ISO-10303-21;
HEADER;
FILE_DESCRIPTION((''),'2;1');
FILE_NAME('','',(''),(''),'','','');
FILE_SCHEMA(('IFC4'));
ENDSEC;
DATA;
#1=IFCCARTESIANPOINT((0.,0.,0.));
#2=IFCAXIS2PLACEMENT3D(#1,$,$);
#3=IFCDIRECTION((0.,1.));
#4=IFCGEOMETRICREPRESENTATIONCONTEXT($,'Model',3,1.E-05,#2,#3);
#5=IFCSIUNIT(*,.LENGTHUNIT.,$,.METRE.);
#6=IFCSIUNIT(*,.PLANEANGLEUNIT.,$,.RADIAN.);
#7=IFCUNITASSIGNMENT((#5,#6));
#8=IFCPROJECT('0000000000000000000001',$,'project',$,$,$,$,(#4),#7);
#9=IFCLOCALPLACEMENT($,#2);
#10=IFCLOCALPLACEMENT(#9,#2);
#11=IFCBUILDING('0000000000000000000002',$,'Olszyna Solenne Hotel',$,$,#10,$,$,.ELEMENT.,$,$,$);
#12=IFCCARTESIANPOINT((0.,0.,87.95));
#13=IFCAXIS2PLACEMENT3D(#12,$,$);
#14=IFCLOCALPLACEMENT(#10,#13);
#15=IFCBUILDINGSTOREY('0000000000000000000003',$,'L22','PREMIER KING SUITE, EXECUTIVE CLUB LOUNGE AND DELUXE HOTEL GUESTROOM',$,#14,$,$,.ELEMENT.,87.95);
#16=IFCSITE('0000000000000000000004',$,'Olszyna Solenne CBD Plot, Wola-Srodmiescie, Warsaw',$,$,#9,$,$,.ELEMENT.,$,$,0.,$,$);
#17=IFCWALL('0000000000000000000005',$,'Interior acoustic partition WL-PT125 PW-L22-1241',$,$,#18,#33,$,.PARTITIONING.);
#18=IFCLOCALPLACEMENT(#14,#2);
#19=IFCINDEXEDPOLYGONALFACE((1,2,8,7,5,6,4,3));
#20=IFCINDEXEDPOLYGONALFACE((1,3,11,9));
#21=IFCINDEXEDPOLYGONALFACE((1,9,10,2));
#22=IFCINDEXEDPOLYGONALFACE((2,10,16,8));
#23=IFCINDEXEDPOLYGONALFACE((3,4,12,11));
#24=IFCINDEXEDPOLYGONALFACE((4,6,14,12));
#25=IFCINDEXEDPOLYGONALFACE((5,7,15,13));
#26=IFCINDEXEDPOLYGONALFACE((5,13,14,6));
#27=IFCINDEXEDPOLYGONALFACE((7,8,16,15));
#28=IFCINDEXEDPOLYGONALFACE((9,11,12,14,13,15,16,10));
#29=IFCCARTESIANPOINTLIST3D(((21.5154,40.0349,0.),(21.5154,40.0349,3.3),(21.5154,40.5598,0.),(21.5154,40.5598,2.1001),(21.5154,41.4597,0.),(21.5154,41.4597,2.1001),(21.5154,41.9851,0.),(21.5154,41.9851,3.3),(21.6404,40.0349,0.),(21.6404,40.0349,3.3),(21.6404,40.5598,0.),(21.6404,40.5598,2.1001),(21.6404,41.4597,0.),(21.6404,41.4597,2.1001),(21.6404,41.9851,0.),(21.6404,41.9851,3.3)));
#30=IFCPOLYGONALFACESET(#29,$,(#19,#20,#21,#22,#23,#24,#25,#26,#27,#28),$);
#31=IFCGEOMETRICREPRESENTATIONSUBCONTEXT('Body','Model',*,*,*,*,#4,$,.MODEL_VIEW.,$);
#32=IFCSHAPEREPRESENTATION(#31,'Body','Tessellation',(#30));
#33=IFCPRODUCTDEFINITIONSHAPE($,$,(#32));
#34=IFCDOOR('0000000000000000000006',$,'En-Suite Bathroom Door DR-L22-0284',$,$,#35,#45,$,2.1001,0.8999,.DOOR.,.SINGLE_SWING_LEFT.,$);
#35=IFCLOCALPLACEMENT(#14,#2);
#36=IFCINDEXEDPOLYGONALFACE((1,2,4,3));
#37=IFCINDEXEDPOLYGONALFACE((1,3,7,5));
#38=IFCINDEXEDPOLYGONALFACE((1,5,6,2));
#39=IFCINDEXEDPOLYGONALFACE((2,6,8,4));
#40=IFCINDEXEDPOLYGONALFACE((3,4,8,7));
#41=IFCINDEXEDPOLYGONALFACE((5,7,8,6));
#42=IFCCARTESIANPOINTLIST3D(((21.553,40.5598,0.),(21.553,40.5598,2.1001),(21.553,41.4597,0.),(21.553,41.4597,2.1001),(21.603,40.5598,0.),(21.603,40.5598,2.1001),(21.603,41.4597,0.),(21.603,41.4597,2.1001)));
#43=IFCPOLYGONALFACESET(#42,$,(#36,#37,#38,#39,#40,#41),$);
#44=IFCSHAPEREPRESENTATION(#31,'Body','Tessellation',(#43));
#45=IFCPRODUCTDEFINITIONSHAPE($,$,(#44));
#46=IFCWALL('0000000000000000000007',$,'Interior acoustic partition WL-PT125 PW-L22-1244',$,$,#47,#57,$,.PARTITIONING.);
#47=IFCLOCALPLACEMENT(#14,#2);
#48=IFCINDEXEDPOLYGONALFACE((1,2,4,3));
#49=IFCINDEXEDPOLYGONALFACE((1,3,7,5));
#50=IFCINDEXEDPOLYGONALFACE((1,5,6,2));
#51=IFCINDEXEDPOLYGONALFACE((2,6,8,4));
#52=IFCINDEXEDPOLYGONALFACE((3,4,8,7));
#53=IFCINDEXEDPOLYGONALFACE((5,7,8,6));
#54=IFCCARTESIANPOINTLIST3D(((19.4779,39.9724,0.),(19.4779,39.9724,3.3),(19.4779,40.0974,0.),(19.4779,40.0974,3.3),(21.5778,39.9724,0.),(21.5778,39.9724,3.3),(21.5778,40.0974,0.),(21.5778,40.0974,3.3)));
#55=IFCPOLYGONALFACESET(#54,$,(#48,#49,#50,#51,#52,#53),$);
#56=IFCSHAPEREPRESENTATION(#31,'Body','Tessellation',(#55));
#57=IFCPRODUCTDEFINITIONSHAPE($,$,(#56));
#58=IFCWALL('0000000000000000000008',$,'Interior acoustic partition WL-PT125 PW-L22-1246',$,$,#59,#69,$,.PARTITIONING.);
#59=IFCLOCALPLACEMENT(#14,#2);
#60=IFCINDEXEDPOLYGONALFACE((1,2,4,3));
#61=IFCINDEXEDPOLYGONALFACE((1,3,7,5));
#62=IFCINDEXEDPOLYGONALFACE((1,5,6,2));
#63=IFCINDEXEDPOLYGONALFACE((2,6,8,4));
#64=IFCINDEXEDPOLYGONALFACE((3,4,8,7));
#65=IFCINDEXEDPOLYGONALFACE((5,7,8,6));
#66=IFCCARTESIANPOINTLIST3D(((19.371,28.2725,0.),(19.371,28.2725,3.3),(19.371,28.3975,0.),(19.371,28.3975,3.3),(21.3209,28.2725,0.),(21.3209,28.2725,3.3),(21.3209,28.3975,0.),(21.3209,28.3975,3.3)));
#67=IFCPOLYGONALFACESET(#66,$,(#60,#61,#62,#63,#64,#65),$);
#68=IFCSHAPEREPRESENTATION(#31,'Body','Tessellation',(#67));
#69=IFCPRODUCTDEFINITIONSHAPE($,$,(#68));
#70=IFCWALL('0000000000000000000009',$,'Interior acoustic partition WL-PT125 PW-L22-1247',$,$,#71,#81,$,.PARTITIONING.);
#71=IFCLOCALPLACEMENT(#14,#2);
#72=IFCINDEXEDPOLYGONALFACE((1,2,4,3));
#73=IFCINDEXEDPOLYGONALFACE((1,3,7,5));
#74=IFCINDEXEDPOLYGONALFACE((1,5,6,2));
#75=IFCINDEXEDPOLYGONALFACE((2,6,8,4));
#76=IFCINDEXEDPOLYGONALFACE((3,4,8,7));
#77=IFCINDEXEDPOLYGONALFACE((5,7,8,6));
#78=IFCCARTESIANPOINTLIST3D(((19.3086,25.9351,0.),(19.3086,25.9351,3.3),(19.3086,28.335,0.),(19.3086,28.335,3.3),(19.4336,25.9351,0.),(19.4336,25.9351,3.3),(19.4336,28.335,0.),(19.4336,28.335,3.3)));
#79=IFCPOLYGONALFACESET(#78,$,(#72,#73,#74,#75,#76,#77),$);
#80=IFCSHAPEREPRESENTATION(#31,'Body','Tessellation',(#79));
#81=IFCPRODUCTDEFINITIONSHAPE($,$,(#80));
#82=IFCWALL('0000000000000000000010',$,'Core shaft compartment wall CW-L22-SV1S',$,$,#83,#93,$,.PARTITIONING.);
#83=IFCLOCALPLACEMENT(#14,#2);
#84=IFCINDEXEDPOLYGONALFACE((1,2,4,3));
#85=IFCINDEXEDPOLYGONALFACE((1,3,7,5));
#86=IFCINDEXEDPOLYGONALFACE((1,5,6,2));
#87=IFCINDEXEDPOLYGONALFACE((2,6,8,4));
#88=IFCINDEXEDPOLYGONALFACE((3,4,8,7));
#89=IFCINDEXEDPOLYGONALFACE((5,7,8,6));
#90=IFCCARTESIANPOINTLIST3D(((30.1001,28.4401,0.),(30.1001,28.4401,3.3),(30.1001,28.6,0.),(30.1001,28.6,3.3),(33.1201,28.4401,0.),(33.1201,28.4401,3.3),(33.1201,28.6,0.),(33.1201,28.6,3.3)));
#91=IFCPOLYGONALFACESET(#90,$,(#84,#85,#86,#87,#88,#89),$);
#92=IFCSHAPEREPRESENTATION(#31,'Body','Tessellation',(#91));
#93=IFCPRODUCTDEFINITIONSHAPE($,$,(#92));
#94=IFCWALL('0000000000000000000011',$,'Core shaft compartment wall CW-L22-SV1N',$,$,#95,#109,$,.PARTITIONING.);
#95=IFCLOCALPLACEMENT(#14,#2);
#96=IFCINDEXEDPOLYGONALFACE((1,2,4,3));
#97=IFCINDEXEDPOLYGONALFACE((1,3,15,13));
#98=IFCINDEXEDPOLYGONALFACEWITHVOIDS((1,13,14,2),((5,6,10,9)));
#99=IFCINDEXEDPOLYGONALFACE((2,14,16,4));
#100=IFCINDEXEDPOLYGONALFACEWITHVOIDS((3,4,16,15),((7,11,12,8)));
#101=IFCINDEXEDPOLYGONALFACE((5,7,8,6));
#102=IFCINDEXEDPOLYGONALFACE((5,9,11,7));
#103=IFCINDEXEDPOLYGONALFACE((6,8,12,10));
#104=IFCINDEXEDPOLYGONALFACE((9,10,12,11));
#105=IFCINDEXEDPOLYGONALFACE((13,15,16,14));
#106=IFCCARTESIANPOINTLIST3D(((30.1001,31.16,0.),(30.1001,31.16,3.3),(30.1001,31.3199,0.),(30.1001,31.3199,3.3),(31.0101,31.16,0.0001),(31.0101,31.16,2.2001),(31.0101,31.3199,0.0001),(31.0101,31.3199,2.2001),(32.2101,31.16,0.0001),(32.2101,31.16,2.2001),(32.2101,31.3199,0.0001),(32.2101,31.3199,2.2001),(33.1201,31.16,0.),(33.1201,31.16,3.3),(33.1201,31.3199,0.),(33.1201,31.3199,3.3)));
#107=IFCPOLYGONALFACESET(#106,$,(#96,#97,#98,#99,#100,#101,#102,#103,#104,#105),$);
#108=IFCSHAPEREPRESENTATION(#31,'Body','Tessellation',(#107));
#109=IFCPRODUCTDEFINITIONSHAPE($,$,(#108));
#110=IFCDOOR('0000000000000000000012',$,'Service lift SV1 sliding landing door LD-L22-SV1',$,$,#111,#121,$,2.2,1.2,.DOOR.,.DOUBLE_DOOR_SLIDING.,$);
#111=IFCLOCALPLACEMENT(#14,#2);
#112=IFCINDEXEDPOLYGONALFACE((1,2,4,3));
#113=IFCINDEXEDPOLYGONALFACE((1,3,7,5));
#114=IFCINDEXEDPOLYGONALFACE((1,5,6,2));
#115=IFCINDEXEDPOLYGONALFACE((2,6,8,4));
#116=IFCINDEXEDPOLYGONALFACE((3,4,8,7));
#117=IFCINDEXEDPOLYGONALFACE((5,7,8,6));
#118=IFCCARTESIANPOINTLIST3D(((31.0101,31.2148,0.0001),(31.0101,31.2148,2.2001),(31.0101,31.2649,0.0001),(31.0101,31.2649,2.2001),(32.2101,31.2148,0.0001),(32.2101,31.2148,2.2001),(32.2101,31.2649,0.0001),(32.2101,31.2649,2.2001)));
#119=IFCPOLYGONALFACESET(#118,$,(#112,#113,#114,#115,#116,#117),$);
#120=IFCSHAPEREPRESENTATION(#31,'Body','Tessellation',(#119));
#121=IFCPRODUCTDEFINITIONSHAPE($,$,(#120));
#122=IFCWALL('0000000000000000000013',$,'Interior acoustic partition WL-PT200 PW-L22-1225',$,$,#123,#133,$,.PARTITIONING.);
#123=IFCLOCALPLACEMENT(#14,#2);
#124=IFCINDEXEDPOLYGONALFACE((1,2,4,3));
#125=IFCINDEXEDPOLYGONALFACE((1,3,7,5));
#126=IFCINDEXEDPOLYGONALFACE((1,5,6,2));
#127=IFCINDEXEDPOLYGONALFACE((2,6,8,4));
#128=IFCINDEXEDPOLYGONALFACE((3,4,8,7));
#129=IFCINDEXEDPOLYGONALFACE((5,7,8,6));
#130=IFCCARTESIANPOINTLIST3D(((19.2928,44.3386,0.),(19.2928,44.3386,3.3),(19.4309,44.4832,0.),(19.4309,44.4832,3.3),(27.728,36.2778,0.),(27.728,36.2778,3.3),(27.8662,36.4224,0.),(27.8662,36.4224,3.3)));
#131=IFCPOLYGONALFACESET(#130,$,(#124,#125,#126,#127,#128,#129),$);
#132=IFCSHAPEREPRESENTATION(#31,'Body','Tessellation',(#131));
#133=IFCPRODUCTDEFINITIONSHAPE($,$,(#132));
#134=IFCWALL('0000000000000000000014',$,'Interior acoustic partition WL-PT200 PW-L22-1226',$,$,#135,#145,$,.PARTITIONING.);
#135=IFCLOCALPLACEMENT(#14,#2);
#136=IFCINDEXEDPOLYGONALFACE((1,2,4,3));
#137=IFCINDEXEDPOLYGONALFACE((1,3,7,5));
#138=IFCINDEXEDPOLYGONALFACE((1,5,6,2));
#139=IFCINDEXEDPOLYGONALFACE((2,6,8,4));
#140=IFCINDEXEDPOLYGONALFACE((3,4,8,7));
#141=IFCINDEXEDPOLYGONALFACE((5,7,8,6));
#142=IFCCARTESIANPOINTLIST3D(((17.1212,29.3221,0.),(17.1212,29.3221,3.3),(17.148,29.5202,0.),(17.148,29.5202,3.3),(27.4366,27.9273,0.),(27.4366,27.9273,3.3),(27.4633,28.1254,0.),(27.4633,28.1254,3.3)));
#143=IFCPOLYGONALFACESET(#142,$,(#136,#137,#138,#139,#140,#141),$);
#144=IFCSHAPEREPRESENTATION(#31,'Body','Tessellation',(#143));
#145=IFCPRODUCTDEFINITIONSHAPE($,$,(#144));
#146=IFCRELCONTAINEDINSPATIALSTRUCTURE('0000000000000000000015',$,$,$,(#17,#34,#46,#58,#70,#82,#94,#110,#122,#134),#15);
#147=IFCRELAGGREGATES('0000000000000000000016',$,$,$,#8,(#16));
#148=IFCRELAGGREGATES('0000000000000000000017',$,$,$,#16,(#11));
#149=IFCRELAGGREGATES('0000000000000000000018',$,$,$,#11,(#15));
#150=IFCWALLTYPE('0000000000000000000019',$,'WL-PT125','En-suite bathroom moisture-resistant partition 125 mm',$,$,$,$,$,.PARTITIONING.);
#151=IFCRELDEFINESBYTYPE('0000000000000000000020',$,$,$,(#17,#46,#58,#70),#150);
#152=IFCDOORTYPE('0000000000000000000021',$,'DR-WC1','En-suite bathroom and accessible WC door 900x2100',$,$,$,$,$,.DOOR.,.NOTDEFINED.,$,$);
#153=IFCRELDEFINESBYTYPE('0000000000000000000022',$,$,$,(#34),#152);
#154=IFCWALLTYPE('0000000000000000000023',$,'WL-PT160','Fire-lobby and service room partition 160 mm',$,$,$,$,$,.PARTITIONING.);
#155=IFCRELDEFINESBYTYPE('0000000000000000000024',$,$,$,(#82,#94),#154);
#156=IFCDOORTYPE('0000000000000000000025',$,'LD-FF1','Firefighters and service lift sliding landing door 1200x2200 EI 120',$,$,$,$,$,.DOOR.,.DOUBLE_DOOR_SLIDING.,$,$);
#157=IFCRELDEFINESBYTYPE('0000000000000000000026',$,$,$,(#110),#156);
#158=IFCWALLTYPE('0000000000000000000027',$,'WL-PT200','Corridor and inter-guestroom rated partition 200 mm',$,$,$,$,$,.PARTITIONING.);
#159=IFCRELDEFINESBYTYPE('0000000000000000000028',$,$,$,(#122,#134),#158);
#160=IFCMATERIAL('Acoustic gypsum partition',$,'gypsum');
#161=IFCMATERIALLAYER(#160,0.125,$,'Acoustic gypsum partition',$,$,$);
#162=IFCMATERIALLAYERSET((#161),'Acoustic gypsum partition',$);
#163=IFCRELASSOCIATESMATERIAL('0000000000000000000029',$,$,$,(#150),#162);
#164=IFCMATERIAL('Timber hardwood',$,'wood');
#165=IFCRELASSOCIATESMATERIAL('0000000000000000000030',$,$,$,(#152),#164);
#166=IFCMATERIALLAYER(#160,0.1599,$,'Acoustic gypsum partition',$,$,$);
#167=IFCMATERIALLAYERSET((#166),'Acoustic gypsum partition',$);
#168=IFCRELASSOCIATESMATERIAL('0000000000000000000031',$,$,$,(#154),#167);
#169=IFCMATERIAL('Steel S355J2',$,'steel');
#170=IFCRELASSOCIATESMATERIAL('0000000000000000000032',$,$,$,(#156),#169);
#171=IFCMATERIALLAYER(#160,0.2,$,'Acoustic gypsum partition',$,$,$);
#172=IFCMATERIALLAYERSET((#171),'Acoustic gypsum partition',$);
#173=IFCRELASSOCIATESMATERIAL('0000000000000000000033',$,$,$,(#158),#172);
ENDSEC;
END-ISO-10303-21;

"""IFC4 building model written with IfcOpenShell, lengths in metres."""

from ifc_helpers import new_model, si_unit, direction, frame, frame_2d, origin, place, context, subcontext, project, spatial, rectangle, extrude, source, transform, mapped, material, layer, layer_set, type_object, type_shapes, element, fill, save


model = new_model("IFC4")

# Units and contexts
model_context = context("Model", 3, precision=1e-05, world=origin(), true_north=direction((0.0, 1.0)))
body_context = subcontext(model_context, "Body", "Model", "MODEL_VIEW")
ifc_project = project(units=[si_unit("LENGTHUNIT", "METRE"), si_unit("PLANEANGLEUNIT", "RADIAN")], contexts=[model_context])

# Site, building, storey
site_placement = place(None, origin())
site = spatial("IfcSite", under=ifc_project, at=site_placement, Name="Olszyna Solenne CBD Plot, Wola-Srodmiescie, Warsaw", CompositionType="ELEMENT", RefElevation=0.0)
building_placement = place(site_placement, origin())
building = spatial("IfcBuilding", under=site, at=building_placement, Name="Olszyna Solenne Hotel", CompositionType="ELEMENT")
storey_placement = place(building_placement, frame((0.0, 0.0, 87.95)))
storey = spatial("IfcBuildingStorey", under=building, at=storey_placement, Name="L22", Description="PREMIER KING SUITE, EXECUTIVE CLUB LOUNGE AND DELUXE HOTEL GUESTROOM", CompositionType="ELEMENT", Elevation=87.95)

# Shared definitions
ifc_material_1 = material(Name="Steel S355J2", Category="steel")

# Wall, opening, door
ifc_material_2 = material(Name="Acoustic gypsum partition", Category="gypsum")
ifc_layer_1 = layer(ifc_material_2, 0.125, Name="Acoustic gypsum partition")
ifc_layer_set_1 = layer_set([ifc_layer_1], Name="Acoustic gypsum partition")
wall_type_1 = type_object("IfcWallType", Name="WL-PT125", Description="En-suite bathroom moisture-resistant partition 125 mm", PredefinedType="PARTITIONING", material=ifc_layer_set_1)
wall_1_placement = place(storey_placement, frame((21.5779, 40.0349, 0.0), z_axis=(0.0, 0.0, 1.0), x_axis=(0.0, 1.0, 0.0)))
wall_1 = element("IfcWall", 1, at=wall_1_placement, inside=storey, type_object=wall_type_1, Name="Interior acoustic partition WL-PT125 PW-L22-1241", PredefinedType="PARTITIONING", context=body_context, shape_type="SweptSolid", body=[
    extrude(rectangle(XDim=1.9502, YDim=0.125, at=frame_2d((0.9751, 0.0))), origin(), (0.0, 0.0, 1.0), 3.3),
])
opening_1_placement = place(wall_1_placement, frame((0.5249, 0.0, 0.0)))
opening_1 = element("IfcOpeningElement", 2, at=opening_1_placement, cuts=wall_1, PredefinedType="OPENING", context=body_context, shape_type="SweptSolid", body=[
    extrude(rectangle(XDim=0.8999, YDim=2.1001, at=frame_2d((0.45, 1.05))), frame((0.0, 0.0725, 0.0), z_axis=(0.0, -1.0, 0.0), x_axis=(1.0, 0.0, 0.0)), (0.0, 0.0, 1.0), 0.145),
])
ifc_material_3 = material(Name="Timber hardwood", Category="wood")
door_type_1 = type_object("IfcDoorType", Name="DR-WC1", Description="En-suite bathroom and accessible WC door 900x2100", OperationType="NOTDEFINED", PredefinedType="DOOR", material=ifc_material_3)
shared_shape_1 = source(origin(), body_context, "Body", "SweptSolid", [
    extrude(rectangle(XDim=0.8999, YDim=2.1001, at=frame_2d((0.45, 1.05))), frame((0.0, 0.0249, 0.0), z_axis=(0.0, -1.0, 0.0), x_axis=(1.0, 0.0, 0.0)), (0.0, 0.0, 1.0), 0.05),
])
type_shapes(door_type_1, [shared_shape_1])
door_1_placement = place(opening_1_placement, origin())
door_1 = element("IfcDoor", 3, at=door_1_placement, inside=storey, type_object=door_type_1, Name="En-Suite Bathroom Door DR-L22-0284", OperationType="SINGLE_SWING_LEFT", OverallHeight=2.1001, OverallWidth=0.8999, PredefinedType="DOOR", context=body_context, shape_type="MappedRepresentation", body=[
    mapped(shared_shape_1, transform((0.0, 0.0, 0.0), x_axis=(1.0, 0.0, 0.0), y_axis=(0.0, 1.0, 0.0), z_axis=(0.0, 0.0, 1.0), scale=1.0)),
])
fill(opening_1, door_1)

# Walls
wall_2_placement = place(storey_placement, frame((19.478, 40.0349, 0.0), z_axis=(0.0, 0.0, 1.0), x_axis=(1.0, 0.0, 0.0)))
element("IfcWall", 4, at=wall_2_placement, inside=storey, type_object=wall_type_1, Name="Interior acoustic partition WL-PT125 PW-L22-1244", PredefinedType="PARTITIONING", context=body_context, shape_type="SweptSolid", body=[
    extrude(rectangle(XDim=2.0999, YDim=0.125, at=frame_2d((1.0498, 0.0))), origin(), (0.0, 0.0, 1.0), 3.3),
])
wall_3_placement = place(storey_placement, frame((21.321, 28.335, 0.0), z_axis=(0.0, 0.0, 1.0), x_axis=(-1.0, 0.0, 0.0)))
element("IfcWall", 5, at=wall_3_placement, inside=storey, type_object=wall_type_1, Name="Interior acoustic partition WL-PT125 PW-L22-1246", PredefinedType="PARTITIONING", context=body_context, shape_type="SweptSolid", body=[
    extrude(rectangle(XDim=1.95, YDim=0.125, at=frame_2d((0.9751, 0.0))), origin(), (0.0, 0.0, 1.0), 3.3),
])
wall_4_placement = place(storey_placement, frame((19.3711, 28.335, 0.0), z_axis=(0.0, 0.0, 1.0), x_axis=(0.0, -1.0, 0.0)))
element("IfcWall", 6, at=wall_4_placement, inside=storey, type_object=wall_type_1, Name="Interior acoustic partition WL-PT125 PW-L22-1247", PredefinedType="PARTITIONING", context=body_context, shape_type="SweptSolid", body=[
    extrude(rectangle(XDim=2.3999, YDim=0.125, at=frame_2d((1.2, 0.0))), origin(), (0.0, 0.0, 1.0), 3.3),
])
ifc_layer_2 = layer(ifc_material_2, 0.1599, Name="Acoustic gypsum partition")
ifc_layer_set_2 = layer_set([ifc_layer_2], Name="Acoustic gypsum partition")
wall_type_2 = type_object("IfcWallType", Name="WL-PT160", Description="Fire-lobby and service room partition 160 mm", PredefinedType="PARTITIONING", material=ifc_layer_set_2)
wall_5_placement = place(storey_placement, frame((30.1001, 28.52, 0.0), z_axis=(0.0, 0.0, 1.0), x_axis=(1.0, 0.0, 0.0)))
element("IfcWall", 7, at=wall_5_placement, inside=storey, type_object=wall_type_2, Name="Core shaft compartment wall CW-L22-SV1S", PredefinedType="PARTITIONING", context=body_context, shape_type="SweptSolid", body=[
    extrude(rectangle(XDim=3.02, YDim=0.1599, at=frame_2d((1.51, 0.0))), origin(), (0.0, 0.0, 1.0), 3.3),
])

# Wall, opening, door
wall_6_placement = place(storey_placement, frame((30.1001, 31.24, 0.0), z_axis=(0.0, 0.0, 1.0), x_axis=(1.0, 0.0, 0.0)))
wall_6 = element("IfcWall", 8, at=wall_6_placement, inside=storey, type_object=wall_type_2, Name="Core shaft compartment wall CW-L22-SV1N", PredefinedType="PARTITIONING", context=body_context, shape_type="SweptSolid", body=[
    extrude(rectangle(XDim=3.02, YDim=0.1599, at=frame_2d((1.51, 0.0))), origin(), (0.0, 0.0, 1.0), 3.3),
])
opening_2_placement = place(wall_6_placement, frame((0.9099, 0.0, 0.0)))
opening_2 = element("IfcOpeningElement", 9, at=opening_2_placement, cuts=wall_6, PredefinedType="OPENING", context=body_context, shape_type="SweptSolid", body=[
    extrude(rectangle(XDim=1.2, YDim=2.2, at=frame_2d((0.6001, 1.1001))), frame((0.0, 0.0898, 0.0), z_axis=(0.0, -1.0, 0.0), x_axis=(1.0, 0.0, 0.0)), (0.0, 0.0, 1.0), 0.1799),
])
door_type_2 = type_object("IfcDoorType", Name="LD-FF1", Description="Firefighters and service lift sliding landing door 1200x2200 EI 120", OperationType="DOUBLE_DOOR_SLIDING", PredefinedType="DOOR", material=ifc_material_1)
shared_shape_2 = source(origin(), body_context, "Body", "SweptSolid", [
    extrude(rectangle(XDim=1.2, YDim=2.2, at=frame_2d((0.6001, 1.1001))), frame((0.0, 0.0249, 0.0), z_axis=(0.0, -1.0, 0.0), x_axis=(1.0, 0.0, 0.0)), (0.0, 0.0, 1.0), 0.05),
])
type_shapes(door_type_2, [shared_shape_2])
door_2_placement = place(opening_2_placement, origin())
door_2 = element("IfcDoor", 10, at=door_2_placement, inside=storey, type_object=door_type_2, Name="Service lift SV1 sliding landing door LD-L22-SV1", OperationType="DOUBLE_DOOR_SLIDING", OverallHeight=2.2, OverallWidth=1.2, PredefinedType="DOOR", context=body_context, shape_type="MappedRepresentation", body=[
    mapped(shared_shape_2, transform((0.0, 0.0, 0.0), x_axis=(1.0, 0.0, 0.0), y_axis=(0.0, 1.0, 0.0), z_axis=(0.0, 0.0, 1.0), scale=1.0)),
])
fill(opening_2, door_2)

# Walls
ifc_layer_3 = layer(ifc_material_2, 0.2, Name="Acoustic gypsum partition")
ifc_layer_set_3 = layer_set([ifc_layer_3], Name="Acoustic gypsum partition")
wall_type_3 = type_object("IfcWallType", Name="WL-PT200", Description="Corridor and inter-guestroom rated partition 200 mm", PredefinedType="PARTITIONING", material=ifc_layer_set_3)
wall_7_placement = place(storey_placement, frame((27.7971, 36.3501, 0.0), z_axis=(0.0, 0.0, 1.0), x_axis=(-0.722974, 0.690875, 0.0)))
element("IfcWall", 11, at=wall_7_placement, inside=storey, type_object=wall_type_3, Name="Interior acoustic partition WL-PT200 PW-L22-1225", PredefinedType="PARTITIONING", context=body_context, shape_type="SweptSolid", body=[
    extrude(rectangle(XDim=11.6675, YDim=0.2, at=frame_2d((5.8337, 0.0))), origin(), (0.0, 0.0, 1.0), 3.3),
])
wall_8_placement = place(storey_placement, frame((27.45, 28.0264, 0.0), z_axis=(0.0, 0.0, 1.0), x_axis=(-0.990982, 0.133993, 0.0)))
element("IfcWall", 12, at=wall_8_placement, inside=storey, type_object=wall_type_3, Name="Interior acoustic partition WL-PT200 PW-L22-1226", PredefinedType="PARTITIONING", context=body_context, shape_type="SweptSolid", body=[
    extrude(rectangle(XDim=10.4092, YDim=0.2, at=frame_2d((5.2046, 0.0))), origin(), (0.0, 0.0, 1.0), 3.3),
])

save(model, "model.ifc")
